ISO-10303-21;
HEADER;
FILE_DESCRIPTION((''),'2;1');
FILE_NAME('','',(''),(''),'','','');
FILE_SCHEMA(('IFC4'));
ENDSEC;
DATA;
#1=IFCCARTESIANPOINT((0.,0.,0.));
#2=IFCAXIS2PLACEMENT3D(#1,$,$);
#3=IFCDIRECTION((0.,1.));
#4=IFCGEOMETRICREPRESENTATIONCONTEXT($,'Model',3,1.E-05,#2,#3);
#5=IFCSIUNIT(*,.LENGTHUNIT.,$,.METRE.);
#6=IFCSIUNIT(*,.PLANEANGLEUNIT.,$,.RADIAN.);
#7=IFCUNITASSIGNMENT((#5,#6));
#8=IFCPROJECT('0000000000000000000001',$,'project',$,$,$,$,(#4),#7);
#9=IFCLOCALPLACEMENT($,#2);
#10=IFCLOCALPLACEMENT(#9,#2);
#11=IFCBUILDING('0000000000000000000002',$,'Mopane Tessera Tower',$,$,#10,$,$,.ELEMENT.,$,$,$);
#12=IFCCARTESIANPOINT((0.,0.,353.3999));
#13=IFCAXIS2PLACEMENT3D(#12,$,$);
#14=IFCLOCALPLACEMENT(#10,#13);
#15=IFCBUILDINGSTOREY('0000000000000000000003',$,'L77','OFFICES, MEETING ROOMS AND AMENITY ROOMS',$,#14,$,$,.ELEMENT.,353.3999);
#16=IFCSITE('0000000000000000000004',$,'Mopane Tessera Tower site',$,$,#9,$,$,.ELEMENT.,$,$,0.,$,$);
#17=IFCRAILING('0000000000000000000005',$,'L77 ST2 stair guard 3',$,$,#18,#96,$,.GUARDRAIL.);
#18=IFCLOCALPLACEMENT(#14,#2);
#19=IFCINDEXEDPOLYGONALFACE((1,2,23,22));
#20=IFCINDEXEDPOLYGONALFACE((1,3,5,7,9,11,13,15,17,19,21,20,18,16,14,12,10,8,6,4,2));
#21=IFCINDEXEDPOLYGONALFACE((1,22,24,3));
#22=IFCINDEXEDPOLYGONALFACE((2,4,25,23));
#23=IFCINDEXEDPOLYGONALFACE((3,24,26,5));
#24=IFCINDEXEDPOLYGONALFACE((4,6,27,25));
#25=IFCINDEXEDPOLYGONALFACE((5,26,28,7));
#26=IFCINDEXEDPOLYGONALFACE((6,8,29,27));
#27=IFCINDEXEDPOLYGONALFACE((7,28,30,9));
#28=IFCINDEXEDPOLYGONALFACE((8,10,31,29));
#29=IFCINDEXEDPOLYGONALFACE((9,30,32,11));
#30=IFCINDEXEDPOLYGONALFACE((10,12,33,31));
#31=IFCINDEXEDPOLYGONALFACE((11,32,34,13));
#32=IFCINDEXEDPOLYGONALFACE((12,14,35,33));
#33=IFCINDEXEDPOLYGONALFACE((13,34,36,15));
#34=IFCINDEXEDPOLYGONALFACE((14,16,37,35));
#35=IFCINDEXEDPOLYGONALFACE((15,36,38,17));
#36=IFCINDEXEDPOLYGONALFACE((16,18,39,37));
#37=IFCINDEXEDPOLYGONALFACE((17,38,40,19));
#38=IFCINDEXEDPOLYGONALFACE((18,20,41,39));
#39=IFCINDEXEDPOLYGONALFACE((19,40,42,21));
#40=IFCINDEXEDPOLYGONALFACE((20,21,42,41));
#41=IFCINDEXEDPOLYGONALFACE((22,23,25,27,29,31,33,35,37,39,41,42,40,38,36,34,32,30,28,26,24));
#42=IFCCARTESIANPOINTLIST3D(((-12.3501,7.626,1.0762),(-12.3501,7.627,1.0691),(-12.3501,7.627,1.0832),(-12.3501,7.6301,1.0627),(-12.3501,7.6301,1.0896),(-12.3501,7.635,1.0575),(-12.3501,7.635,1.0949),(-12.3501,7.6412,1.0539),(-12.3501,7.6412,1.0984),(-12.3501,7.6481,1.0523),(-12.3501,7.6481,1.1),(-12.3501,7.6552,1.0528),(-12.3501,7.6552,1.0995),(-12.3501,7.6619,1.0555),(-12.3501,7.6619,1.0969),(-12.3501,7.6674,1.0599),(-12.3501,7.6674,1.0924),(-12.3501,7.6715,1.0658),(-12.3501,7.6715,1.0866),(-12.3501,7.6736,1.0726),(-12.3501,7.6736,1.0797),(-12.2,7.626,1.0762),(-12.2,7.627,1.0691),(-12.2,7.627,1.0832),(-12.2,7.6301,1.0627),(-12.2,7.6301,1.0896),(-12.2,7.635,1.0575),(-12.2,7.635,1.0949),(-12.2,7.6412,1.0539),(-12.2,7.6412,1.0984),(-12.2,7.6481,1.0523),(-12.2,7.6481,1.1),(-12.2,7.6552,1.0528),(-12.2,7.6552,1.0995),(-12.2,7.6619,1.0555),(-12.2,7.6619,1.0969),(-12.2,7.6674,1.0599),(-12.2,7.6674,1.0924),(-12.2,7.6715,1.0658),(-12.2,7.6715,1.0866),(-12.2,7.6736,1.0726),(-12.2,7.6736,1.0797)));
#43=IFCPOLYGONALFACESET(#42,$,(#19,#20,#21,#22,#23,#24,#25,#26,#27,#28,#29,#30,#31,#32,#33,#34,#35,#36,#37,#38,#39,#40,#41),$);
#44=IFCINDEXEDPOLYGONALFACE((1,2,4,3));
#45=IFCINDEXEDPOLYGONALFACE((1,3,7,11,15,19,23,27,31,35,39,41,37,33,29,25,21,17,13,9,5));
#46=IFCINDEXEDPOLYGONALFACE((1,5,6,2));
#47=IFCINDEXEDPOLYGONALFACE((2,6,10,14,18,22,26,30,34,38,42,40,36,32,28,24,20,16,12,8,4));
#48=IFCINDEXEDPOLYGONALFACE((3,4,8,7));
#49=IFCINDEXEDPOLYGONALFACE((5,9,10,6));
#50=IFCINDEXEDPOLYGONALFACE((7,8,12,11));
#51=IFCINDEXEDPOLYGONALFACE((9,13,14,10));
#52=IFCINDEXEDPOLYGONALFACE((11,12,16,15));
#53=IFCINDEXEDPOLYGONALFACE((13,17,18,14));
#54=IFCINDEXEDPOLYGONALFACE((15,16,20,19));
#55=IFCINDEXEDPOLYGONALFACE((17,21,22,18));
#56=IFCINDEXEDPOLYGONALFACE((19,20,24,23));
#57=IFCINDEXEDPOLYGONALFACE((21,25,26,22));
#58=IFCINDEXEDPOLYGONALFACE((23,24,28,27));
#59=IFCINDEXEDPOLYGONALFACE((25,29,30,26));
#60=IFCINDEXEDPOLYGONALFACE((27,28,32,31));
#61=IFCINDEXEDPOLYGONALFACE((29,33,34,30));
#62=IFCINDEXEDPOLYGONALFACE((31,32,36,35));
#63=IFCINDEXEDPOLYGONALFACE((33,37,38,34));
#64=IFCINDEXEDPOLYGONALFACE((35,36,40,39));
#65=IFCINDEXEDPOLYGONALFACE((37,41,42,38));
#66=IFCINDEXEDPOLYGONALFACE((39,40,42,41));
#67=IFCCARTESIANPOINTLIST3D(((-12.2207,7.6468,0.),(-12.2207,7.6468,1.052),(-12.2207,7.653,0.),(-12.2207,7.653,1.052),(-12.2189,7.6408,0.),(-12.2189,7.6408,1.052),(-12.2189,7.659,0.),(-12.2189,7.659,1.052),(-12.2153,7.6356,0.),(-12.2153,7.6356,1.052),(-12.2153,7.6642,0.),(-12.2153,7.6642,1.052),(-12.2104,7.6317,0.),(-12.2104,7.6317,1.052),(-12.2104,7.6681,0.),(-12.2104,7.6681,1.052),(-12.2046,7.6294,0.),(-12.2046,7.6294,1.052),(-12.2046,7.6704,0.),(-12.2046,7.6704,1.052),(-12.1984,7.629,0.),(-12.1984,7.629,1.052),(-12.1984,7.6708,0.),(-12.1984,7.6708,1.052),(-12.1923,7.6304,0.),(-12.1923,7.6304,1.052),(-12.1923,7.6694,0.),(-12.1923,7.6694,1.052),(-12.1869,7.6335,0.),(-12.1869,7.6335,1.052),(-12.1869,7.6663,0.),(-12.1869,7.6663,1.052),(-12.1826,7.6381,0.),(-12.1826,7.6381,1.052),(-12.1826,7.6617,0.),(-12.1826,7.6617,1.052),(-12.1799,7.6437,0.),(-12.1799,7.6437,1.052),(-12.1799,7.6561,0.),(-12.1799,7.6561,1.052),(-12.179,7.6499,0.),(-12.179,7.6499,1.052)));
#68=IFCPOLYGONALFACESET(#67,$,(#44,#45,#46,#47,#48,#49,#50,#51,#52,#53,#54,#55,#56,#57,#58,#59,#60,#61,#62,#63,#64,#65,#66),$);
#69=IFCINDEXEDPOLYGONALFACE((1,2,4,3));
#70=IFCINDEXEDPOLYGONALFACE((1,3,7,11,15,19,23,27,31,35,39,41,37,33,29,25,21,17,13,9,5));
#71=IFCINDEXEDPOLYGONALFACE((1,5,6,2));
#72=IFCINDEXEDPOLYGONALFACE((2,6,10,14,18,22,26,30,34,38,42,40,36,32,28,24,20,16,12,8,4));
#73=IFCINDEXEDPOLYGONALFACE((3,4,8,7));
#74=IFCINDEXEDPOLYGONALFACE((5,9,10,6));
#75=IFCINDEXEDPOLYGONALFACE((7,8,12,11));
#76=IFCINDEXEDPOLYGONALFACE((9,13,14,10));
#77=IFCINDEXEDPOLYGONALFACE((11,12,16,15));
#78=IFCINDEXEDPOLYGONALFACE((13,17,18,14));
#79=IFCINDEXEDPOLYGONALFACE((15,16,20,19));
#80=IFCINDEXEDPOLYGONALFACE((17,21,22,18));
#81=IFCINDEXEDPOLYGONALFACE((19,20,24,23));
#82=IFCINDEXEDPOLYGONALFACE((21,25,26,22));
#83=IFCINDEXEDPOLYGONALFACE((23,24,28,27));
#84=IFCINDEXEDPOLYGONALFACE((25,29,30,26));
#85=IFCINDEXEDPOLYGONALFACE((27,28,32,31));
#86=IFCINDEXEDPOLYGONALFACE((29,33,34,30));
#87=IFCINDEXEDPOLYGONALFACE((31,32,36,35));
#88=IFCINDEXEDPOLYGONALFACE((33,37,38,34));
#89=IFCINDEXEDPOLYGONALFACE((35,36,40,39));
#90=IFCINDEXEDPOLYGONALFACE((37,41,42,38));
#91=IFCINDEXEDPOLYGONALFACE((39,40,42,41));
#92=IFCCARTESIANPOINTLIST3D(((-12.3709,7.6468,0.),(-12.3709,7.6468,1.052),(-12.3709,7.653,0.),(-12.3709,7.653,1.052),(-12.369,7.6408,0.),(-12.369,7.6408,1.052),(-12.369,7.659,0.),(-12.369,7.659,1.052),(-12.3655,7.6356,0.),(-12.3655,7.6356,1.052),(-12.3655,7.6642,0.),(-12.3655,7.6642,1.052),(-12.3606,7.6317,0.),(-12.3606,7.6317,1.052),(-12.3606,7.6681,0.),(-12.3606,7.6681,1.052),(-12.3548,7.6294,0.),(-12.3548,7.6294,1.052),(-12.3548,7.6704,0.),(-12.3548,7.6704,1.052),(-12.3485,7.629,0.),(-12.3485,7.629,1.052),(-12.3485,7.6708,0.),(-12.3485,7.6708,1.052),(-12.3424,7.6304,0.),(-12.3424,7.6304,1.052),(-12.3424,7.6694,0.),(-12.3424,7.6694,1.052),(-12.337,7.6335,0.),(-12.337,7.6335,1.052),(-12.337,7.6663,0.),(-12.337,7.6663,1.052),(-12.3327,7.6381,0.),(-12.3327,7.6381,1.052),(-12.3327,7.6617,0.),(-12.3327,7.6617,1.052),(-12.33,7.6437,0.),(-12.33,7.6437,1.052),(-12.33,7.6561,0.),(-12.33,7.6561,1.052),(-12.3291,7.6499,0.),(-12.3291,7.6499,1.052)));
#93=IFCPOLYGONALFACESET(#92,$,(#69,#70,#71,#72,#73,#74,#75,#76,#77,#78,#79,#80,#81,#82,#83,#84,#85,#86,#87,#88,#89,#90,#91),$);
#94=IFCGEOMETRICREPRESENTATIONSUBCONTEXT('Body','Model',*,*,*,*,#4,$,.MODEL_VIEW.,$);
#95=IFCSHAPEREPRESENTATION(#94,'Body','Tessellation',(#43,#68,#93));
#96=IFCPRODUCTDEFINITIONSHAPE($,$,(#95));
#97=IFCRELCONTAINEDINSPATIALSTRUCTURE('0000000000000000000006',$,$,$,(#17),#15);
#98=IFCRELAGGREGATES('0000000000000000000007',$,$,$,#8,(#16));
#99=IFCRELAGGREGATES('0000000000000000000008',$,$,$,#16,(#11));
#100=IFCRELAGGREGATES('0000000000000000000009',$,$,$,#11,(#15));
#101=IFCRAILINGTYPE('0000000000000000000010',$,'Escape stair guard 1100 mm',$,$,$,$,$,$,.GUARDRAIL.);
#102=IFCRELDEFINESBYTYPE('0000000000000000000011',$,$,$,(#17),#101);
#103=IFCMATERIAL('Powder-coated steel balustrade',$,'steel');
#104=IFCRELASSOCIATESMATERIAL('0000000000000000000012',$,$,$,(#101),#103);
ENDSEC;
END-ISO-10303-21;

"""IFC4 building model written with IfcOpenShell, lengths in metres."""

from ifc_helpers import new_model, si_unit, direction, frame, origin, origin_2d, place, context, subcontext, project, spatial, circle, extrude, material, type_object, element, save


model = new_model("IFC4")

# Units and contexts
model_context = context("Model", 3, precision=1e-05, world=origin(), true_north=direction((0.0, 1.0)))
body_context = subcontext(model_context, "Body", "Model", "MODEL_VIEW")
ifc_project = project(units=[si_unit("LENGTHUNIT", "METRE"), si_unit("PLANEANGLEUNIT", "RADIAN")], contexts=[model_context])

# Site, building, storey
site_placement = place(None, origin())
site = spatial("IfcSite", under=ifc_project, at=site_placement, Name="Mopane Tessera Tower site", CompositionType="ELEMENT", RefElevation=0.0)
building_placement = place(site_placement, origin())
building = spatial("IfcBuilding", under=site, at=building_placement, Name="Mopane Tessera Tower", CompositionType="ELEMENT")
storey_placement = place(building_placement, frame((0.0, 0.0, 353.3999)))
storey = spatial("IfcBuildingStorey", under=building, at=storey_placement, Name="L77", Description="OFFICES, MEETING ROOMS AND AMENITY ROOMS", CompositionType="ELEMENT", Elevation=353.3999)

# Railing
ifc_material_1 = material(Name="Powder-coated steel balustrade", Category="steel")
railing_type_1 = type_object("IfcRailingType", Name="Escape stair guard 1100 mm", PredefinedType="GUARDRAIL", material=ifc_material_1)
railing_1_placement = place(storey_placement, frame((-12.2, 7.6499, 0.0)))
element("IfcRailing", 1, at=railing_1_placement, inside=storey, type_object=railing_type_1, Name="L77 ST2 stair guard 3", PredefinedType="GUARDRAIL", context=body_context, shape_type="SweptSolid", body=[
    extrude(circle(Radius=0.0239, at=origin_2d()), frame((0.0, 0.0, 1.0762), z_axis=(-1.0, 0.0, 0.0), x_axis=(0.0, -1.0, 0.0)), (0.0, 0.0, 1.0), 0.1501),
    extrude(circle(Radius=0.021, at=origin_2d()), origin(), (0.0, 0.0, 1.0), 1.052),
    extrude(circle(Radius=0.021, at=origin_2d()), frame((-0.1501, 0.0, 0.0)), (0.0, 0.0, 1.0), 1.052),
])

save(model, "model.ifc")
